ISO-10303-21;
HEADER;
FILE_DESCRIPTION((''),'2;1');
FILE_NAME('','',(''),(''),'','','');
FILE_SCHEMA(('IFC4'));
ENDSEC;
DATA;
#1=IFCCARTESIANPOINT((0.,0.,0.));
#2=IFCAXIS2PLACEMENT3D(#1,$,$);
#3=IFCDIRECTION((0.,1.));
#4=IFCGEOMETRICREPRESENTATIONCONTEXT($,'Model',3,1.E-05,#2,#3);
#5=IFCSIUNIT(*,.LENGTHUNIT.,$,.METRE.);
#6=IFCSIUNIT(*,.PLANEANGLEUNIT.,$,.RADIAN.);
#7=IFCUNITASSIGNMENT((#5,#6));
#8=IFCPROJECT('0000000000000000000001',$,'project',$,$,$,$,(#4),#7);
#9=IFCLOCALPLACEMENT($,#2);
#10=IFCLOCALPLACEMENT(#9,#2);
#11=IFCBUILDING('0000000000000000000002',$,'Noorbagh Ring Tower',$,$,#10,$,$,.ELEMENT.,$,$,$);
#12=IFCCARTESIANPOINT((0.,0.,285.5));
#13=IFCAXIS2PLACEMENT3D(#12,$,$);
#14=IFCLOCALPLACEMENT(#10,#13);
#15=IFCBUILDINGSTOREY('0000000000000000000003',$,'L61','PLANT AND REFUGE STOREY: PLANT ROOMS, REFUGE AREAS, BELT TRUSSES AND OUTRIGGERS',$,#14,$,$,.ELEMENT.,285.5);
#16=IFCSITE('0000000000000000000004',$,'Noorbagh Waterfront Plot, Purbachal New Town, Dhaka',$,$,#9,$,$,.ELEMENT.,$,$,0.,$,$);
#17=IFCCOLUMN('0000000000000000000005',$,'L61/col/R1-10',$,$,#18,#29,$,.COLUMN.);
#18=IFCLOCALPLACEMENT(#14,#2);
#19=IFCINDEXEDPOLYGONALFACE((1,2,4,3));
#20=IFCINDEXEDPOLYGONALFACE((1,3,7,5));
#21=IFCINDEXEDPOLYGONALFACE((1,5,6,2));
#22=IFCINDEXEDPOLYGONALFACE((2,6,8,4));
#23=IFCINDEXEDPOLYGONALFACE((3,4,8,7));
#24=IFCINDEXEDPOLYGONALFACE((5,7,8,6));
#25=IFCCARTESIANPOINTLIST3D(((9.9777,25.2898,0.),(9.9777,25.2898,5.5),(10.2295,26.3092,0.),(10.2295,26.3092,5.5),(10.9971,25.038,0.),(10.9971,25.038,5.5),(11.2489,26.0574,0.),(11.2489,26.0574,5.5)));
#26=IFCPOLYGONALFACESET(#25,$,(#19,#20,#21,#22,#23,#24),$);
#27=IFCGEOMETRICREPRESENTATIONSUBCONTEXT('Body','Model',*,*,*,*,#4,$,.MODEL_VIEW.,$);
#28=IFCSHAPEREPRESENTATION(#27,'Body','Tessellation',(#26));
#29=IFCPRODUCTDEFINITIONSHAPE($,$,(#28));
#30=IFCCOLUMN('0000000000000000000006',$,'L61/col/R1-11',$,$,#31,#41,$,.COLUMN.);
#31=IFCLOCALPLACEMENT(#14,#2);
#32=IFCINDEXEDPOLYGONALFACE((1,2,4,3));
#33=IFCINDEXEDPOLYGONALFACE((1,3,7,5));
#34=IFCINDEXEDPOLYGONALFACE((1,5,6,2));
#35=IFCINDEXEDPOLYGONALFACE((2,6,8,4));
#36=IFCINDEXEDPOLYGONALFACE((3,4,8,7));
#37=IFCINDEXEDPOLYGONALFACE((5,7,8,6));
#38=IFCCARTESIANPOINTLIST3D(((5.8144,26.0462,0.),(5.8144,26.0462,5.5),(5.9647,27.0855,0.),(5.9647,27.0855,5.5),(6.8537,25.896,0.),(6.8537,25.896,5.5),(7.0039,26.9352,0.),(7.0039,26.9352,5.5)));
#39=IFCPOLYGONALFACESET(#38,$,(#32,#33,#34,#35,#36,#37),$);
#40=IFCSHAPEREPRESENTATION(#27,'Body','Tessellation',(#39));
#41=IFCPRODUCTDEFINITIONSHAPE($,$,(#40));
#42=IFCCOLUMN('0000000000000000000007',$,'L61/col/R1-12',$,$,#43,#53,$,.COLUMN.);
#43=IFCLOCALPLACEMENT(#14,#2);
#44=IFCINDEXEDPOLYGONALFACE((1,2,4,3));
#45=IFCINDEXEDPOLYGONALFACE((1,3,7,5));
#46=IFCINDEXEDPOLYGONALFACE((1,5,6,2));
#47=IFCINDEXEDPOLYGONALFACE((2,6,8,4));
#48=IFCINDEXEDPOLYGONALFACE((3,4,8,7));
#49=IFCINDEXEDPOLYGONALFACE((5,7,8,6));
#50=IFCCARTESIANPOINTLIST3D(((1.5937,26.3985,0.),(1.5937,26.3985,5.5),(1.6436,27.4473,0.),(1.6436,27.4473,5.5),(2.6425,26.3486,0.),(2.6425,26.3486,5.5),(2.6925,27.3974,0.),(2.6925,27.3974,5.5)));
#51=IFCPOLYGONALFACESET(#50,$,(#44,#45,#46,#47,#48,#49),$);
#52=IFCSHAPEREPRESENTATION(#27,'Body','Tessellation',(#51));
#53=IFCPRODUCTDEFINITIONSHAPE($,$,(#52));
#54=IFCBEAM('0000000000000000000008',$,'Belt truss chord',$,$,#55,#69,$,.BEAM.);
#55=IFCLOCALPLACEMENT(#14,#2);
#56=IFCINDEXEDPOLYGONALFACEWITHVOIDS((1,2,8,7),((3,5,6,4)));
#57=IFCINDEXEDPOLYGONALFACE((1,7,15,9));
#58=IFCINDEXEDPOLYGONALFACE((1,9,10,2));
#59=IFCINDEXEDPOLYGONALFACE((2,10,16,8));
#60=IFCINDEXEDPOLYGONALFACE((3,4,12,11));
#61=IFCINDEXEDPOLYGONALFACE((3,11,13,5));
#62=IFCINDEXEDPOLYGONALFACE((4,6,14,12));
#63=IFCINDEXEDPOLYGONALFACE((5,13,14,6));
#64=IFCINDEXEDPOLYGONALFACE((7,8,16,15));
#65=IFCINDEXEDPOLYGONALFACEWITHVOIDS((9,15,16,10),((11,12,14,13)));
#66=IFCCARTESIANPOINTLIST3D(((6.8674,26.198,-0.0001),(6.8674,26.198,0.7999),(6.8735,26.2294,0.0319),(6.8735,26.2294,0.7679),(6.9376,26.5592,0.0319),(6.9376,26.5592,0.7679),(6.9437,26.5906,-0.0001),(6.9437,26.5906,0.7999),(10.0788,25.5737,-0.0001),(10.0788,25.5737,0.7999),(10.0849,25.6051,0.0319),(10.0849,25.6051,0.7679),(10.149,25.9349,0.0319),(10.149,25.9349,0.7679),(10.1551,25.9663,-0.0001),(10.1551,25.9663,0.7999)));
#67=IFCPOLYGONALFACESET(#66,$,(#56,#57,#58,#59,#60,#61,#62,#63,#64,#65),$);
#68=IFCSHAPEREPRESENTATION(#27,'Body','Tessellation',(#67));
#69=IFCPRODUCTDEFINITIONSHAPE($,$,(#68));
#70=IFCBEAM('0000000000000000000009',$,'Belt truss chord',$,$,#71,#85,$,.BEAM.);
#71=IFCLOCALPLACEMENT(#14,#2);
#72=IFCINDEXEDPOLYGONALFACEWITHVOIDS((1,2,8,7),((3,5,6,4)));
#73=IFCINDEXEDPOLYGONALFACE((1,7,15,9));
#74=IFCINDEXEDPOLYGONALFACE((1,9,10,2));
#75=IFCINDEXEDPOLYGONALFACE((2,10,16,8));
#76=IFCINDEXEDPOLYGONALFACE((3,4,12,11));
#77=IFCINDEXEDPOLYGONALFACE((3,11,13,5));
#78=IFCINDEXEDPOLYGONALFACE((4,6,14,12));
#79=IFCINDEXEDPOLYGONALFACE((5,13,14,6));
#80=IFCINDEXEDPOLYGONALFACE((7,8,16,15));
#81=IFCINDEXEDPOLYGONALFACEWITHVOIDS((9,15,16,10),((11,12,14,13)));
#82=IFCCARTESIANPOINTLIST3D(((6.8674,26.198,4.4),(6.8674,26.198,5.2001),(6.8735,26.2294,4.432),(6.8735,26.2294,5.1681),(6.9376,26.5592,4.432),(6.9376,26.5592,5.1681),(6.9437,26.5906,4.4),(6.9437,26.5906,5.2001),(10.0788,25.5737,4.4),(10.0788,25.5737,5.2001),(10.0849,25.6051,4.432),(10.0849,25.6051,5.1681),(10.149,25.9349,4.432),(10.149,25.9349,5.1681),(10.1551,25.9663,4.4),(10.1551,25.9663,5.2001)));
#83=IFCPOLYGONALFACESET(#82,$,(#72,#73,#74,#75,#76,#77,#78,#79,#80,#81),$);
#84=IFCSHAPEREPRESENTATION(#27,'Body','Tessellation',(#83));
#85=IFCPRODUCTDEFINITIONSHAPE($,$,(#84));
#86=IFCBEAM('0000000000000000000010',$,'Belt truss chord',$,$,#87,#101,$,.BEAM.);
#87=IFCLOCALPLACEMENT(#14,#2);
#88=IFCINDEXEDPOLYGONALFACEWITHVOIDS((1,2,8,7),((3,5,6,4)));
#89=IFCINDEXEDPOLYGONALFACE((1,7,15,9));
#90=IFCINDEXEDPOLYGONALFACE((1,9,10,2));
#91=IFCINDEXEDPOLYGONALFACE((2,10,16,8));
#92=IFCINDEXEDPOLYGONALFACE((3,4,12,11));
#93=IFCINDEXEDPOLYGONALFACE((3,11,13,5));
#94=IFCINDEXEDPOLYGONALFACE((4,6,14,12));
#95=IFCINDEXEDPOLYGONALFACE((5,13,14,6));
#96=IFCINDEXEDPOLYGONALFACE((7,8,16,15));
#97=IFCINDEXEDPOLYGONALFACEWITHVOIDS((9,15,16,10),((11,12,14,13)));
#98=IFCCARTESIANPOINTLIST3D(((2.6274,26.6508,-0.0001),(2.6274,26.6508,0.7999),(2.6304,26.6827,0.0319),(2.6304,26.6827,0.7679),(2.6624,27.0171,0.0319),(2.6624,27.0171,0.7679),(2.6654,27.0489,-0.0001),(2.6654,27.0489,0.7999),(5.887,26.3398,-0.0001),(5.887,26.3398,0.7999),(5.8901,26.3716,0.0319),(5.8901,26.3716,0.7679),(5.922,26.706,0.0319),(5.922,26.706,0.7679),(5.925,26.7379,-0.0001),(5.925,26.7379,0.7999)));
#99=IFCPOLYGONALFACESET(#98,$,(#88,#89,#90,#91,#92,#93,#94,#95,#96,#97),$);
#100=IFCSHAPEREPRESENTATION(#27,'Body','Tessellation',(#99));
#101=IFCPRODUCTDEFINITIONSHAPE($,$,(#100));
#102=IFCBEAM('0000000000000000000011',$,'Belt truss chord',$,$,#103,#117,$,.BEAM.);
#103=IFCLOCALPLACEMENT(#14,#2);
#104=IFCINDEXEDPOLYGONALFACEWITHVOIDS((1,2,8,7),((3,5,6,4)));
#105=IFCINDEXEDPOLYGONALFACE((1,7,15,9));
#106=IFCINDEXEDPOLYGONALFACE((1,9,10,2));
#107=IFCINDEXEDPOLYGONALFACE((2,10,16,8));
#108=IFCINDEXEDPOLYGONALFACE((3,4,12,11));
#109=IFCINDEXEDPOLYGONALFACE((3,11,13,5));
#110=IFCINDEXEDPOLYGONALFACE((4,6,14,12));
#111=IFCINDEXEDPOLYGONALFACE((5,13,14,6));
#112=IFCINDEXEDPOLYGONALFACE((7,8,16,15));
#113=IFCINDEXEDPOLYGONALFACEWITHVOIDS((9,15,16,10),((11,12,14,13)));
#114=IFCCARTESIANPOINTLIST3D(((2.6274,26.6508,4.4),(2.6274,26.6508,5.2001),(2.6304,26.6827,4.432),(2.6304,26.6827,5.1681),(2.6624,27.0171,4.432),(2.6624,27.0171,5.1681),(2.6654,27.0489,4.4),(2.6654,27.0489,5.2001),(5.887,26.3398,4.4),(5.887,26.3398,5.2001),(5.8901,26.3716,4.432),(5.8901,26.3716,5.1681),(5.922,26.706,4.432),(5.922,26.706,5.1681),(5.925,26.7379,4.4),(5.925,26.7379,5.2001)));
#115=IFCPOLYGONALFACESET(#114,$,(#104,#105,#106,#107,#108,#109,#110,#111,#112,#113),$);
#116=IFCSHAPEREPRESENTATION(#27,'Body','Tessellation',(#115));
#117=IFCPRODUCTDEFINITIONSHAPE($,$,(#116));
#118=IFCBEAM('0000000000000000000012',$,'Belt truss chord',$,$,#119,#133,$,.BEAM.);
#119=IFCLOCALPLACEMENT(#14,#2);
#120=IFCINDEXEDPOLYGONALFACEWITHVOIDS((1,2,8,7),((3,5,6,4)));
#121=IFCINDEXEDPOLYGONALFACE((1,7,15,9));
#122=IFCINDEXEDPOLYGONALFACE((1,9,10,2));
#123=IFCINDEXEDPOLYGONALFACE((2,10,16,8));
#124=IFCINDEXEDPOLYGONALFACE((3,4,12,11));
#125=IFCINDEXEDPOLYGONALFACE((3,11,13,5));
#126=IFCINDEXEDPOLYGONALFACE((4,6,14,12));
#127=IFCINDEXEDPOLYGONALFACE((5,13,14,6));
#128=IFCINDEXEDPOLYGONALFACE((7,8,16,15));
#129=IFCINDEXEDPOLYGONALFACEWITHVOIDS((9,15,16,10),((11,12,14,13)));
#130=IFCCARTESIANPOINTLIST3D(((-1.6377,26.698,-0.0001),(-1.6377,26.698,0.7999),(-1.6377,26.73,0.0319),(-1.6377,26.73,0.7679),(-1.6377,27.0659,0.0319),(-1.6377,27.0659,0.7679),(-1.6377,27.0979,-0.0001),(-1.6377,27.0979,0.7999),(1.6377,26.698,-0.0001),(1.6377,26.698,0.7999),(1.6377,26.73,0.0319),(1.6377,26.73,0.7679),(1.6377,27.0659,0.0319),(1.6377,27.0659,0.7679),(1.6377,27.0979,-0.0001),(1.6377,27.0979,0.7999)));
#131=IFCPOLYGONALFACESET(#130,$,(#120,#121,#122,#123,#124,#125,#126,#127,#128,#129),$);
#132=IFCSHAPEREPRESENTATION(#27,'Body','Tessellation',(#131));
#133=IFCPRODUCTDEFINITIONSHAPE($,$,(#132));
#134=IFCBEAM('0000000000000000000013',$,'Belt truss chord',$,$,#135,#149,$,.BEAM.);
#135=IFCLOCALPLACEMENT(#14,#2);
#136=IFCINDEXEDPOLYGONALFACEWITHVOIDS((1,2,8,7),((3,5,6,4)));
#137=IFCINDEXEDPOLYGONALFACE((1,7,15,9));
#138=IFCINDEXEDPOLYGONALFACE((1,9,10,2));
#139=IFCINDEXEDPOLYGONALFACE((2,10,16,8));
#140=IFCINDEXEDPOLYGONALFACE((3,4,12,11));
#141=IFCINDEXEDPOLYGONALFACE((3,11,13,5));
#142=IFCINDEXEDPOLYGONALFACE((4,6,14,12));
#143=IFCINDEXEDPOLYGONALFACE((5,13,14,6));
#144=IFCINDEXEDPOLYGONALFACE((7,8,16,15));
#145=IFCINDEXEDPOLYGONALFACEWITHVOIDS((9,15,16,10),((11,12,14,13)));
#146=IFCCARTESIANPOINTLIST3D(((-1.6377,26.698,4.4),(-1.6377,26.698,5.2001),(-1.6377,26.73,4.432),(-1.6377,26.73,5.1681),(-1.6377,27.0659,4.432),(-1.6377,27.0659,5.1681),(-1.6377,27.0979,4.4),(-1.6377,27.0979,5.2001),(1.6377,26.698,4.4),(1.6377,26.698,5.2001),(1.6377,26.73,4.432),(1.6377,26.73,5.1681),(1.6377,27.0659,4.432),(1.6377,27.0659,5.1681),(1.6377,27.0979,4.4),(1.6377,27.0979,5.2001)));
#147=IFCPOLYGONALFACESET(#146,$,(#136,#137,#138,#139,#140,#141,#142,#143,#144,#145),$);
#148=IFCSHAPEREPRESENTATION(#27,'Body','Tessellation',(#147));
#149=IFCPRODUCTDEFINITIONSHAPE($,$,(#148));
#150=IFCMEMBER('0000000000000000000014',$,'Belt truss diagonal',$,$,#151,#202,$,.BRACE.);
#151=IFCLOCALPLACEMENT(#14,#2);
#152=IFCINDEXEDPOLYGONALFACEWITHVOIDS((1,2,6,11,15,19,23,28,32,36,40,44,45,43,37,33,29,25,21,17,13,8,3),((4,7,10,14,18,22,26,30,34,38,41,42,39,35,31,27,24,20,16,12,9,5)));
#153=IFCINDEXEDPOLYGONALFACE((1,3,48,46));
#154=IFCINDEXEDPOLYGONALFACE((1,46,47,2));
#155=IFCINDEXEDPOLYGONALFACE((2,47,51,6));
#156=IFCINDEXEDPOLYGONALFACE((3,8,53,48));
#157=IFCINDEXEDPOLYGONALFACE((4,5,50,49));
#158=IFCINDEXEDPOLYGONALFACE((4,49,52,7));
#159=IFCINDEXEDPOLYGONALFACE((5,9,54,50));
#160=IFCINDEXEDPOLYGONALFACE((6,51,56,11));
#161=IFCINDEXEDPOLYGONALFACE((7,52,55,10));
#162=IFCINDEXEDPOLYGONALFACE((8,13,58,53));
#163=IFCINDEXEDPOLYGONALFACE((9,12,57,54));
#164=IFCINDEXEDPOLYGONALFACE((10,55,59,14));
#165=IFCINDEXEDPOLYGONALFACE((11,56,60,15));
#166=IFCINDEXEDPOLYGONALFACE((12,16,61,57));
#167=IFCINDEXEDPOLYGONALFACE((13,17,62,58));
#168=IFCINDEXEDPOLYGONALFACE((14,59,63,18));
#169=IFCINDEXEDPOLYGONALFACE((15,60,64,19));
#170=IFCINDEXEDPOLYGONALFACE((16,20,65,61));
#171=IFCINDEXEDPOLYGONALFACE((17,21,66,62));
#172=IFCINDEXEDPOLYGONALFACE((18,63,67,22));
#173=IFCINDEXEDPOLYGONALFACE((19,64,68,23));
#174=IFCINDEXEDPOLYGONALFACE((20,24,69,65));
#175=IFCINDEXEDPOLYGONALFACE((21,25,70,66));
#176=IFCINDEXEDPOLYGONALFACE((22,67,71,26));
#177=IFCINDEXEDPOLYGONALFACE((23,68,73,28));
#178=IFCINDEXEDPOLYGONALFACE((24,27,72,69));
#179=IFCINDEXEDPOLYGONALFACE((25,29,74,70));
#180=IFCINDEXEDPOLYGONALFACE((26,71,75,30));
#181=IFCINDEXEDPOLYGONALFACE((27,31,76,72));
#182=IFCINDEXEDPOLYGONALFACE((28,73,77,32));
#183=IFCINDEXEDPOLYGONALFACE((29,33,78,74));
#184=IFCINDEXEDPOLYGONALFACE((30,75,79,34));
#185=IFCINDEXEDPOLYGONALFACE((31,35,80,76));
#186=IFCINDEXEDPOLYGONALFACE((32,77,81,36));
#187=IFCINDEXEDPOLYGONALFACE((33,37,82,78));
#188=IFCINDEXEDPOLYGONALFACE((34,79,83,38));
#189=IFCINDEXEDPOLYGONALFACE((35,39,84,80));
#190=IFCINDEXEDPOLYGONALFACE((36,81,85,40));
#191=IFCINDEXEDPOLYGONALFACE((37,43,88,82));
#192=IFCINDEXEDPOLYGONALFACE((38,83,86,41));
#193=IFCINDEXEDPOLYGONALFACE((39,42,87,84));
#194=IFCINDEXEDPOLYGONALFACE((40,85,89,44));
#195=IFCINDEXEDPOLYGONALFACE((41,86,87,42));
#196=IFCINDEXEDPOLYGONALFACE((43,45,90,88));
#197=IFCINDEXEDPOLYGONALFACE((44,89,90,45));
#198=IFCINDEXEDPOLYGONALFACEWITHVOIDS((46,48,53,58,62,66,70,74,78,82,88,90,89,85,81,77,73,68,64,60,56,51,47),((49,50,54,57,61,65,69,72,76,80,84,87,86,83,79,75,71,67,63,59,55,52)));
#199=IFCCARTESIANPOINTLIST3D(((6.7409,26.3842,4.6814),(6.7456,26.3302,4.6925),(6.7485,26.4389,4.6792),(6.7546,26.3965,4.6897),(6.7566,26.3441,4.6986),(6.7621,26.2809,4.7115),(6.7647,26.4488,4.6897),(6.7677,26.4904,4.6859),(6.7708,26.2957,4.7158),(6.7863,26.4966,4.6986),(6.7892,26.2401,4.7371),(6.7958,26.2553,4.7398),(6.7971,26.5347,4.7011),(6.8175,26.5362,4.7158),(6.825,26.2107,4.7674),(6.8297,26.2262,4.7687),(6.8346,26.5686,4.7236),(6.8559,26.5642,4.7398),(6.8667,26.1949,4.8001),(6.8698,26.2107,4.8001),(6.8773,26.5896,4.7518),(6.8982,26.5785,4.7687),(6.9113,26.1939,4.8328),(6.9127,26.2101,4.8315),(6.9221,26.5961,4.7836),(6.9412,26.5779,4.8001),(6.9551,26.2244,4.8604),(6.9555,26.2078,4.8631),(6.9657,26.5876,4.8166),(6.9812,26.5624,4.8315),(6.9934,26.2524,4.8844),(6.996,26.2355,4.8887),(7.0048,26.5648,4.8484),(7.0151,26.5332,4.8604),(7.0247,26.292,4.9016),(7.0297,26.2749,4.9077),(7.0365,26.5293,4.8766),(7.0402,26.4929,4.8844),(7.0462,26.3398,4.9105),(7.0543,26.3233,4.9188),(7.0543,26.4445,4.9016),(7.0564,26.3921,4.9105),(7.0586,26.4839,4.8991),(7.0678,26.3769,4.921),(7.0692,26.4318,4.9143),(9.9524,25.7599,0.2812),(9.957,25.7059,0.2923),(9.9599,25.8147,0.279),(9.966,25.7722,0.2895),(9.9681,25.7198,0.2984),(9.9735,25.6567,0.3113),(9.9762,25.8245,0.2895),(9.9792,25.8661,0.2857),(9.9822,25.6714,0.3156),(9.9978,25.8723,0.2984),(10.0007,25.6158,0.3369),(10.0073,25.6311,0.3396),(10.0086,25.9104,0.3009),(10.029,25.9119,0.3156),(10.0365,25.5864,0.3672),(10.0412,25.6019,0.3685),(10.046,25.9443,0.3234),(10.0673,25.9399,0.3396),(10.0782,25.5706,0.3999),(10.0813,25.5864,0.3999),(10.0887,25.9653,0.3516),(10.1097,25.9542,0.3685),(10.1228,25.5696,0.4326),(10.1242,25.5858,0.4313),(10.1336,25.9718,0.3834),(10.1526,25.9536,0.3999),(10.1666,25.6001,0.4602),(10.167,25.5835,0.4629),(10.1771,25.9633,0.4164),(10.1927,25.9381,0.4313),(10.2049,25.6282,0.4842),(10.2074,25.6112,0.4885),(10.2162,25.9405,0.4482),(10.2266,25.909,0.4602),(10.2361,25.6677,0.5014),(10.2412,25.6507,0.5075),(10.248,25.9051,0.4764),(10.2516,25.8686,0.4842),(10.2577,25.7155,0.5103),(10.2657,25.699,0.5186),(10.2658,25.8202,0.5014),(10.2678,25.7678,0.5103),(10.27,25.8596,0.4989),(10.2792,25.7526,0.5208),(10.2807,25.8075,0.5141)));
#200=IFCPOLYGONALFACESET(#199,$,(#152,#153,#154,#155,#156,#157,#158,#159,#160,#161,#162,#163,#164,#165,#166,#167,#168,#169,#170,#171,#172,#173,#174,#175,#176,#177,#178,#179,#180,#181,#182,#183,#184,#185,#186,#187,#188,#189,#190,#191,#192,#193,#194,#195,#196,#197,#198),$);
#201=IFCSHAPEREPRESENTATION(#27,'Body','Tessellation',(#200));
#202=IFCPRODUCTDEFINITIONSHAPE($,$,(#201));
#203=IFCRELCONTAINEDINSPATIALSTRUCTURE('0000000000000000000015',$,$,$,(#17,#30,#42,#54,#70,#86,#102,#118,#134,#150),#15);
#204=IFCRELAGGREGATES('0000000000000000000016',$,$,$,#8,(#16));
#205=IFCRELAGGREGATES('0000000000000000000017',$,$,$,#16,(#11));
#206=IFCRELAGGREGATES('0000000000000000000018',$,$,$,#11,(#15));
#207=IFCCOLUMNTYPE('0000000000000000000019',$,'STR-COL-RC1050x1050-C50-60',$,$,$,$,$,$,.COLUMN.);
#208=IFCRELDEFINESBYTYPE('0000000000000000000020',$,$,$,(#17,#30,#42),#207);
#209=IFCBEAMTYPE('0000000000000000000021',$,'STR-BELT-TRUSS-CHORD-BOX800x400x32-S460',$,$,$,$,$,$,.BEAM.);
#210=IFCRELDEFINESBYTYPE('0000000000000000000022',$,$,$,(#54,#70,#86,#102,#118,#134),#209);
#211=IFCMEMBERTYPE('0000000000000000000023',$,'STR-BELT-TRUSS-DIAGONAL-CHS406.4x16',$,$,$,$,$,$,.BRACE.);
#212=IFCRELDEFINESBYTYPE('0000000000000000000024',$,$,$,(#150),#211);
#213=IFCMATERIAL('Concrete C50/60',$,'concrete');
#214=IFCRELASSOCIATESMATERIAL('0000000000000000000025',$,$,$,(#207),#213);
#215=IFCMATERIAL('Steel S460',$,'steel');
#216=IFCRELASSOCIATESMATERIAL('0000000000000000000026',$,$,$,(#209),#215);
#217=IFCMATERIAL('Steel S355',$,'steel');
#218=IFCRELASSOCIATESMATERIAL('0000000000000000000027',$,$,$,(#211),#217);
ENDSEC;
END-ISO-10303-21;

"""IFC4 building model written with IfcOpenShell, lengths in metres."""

from ifc_helpers import new_model, si_unit, direction, frame, origin, origin_2d, place, context, subcontext, project, spatial, rectangle, hollow_rectangle, hollow_circle, extrude, material, material_profile, profile_set, type_object, element, save


model = new_model("IFC4")

# Units and contexts
model_context = context("Model", 3, precision=1e-05, world=origin(), true_north=direction((0.0, 1.0)))
body_context = subcontext(model_context, "Body", "Model", "MODEL_VIEW")
ifc_project = project(units=[si_unit("LENGTHUNIT", "METRE"), si_unit("PLANEANGLEUNIT", "RADIAN")], contexts=[model_context])

# Site, building, storey
site_placement = place(None, origin())
site = spatial("IfcSite", under=ifc_project, at=site_placement, Name="Noorbagh Waterfront Plot, Purbachal New Town, Dhaka", CompositionType="ELEMENT", RefElevation=0.0)
building_placement = place(site_placement, origin())
building = spatial("IfcBuilding", under=site, at=building_placement, Name="Noorbagh Ring Tower", CompositionType="ELEMENT")
storey_placement = place(building_placement, frame((0.0, 0.0, 285.5)))
storey = spatial("IfcBuildingStorey", under=building, at=storey_placement, Name="L61", Description="PLANT AND REFUGE STOREY: PLANT ROOMS, REFUGE AREAS, BELT TRUSSES AND OUTRIGGERS", CompositionType="ELEMENT", Elevation=285.5)

# Columns
ifc_material_1 = material(Name="Concrete C50/60", Category="concrete")
ifc_material_profile_1 = material_profile(ifc_material_1, rectangle(XDim=1.05, YDim=1.05, at=origin_2d()), Name="RC1050x1050")
ifc_profile_set_1 = profile_set([ifc_material_profile_1], Name="Concrete C50/60")
column_type = type_object("IfcColumnType", Name="STR-COL-RC1050x1050-C50-60", PredefinedType="COLUMN", material=ifc_profile_set_1)
for number, where, z_axis, x_axis, name in (
    (1, (10.6133, 25.6736, 0.0), (0.0, 0.0, 1.0), (-0.970829, 0.239771, 0.0), "L61/col/R1-10"),
    (2, (6.4092, 26.4907, 0.0), (0.0, 0.0, 1.0), (-0.989713, 0.143066, 0.0), "L61/col/R1-11"),
    (3, (2.1431, 26.8979, 0.0), (0.0, 0.0, 1.0), (-0.998869, 0.047553, 0.0), "L61/col/R1-12"),
):
    element("IfcColumn", number, at=place(storey_placement, frame(where, z_axis=z_axis, x_axis=x_axis)), inside=storey, type_object=column_type, Name=name, PredefinedType="COLUMN", context=body_context, shape_type="SweptSolid", body=[
        extrude(rectangle(XDim=1.05, YDim=1.05, at=origin_2d()), origin(), (0.0, 0.0, 1.0), 5.5),
    ])

# Beams
ifc_material_2 = material(Name="Steel S460", Category="steel")
ifc_material_profile_2 = material_profile(ifc_material_2, hollow_rectangle(XDim=0.3999, YDim=0.8, WallThickness=0.032, at=origin_2d()), Name="BOX800x400x32")
ifc_profile_set_2 = profile_set([ifc_material_profile_2], Name="Steel S460")
beam_type_1 = type_object("IfcBeamType", Name="STR-BELT-TRUSS-CHORD-BOX800x400x32-S460", PredefinedType="BEAM", material=ifc_profile_set_2)
for number, where, z_axis, x_axis, name in (
    (4, (10.1169, 25.77, 0.3999), (-0.981625, 0.190818, 0.0), (-0.190818, -0.981625, 0.0), "Belt truss chord"),
    (5, (10.1169, 25.77, 4.8), (-0.981625, 0.190818, 0.0), (-0.190818, -0.981625, 0.0), "Belt truss chord"),
):
    element("IfcBeam", number, at=place(storey_placement, frame(where, z_axis=z_axis, x_axis=x_axis)), inside=storey, type_object=beam_type_1, Name=name, PredefinedType="BEAM", context=body_context, shape_type="SweptSolid", body=[
        extrude(hollow_rectangle(XDim=0.3999, YDim=0.8, WallThickness=0.032, at=origin_2d()), origin(), (0.0, 0.0, 1.0), 3.2715),
    ])
for number, where, z_axis, x_axis, name in (
    (6, (5.906, 26.5388, 0.3999), (-0.995478, 0.094992, 0.0), (-0.094992, -0.995478, 0.0), "Belt truss chord"),
    (7, (5.906, 26.5388, 4.8), (-0.995478, 0.094992, 0.0), (-0.094992, -0.995478, 0.0), "Belt truss chord"),
):
    element("IfcBeam", number, at=place(storey_placement, frame(where, z_axis=z_axis, x_axis=x_axis)), inside=storey, type_object=beam_type_1, Name=name, PredefinedType="BEAM", context=body_context, shape_type="SweptSolid", body=[
        extrude(hollow_rectangle(XDim=0.3999, YDim=0.8, WallThickness=0.032, at=origin_2d()), origin(), (0.0, 0.0, 1.0), 3.2744),
    ])
for number, where, z_axis, x_axis, name in (
    (8, (1.6377, 26.8979, 0.3999), (-1.0, 0.0, 0.0), (0.0, -1.0, 0.0), "Belt truss chord"),
    (9, (1.6377, 26.8979, 4.8), (-1.0, 0.0, 0.0), (0.0, -1.0, 0.0), "Belt truss chord"),
):
    element("IfcBeam", number, at=place(storey_placement, frame(where, z_axis=z_axis, x_axis=x_axis)), inside=storey, type_object=beam_type_1, Name=name, PredefinedType="BEAM", context=body_context, shape_type="SweptSolid", body=[
        extrude(hollow_rectangle(XDim=0.3999, YDim=0.8, WallThickness=0.032, at=origin_2d()), origin(), (0.0, 0.0, 1.0), 3.2754),
    ])

# Member
ifc_material_3 = material(Name="Steel S355", Category="steel")
ifc_material_profile_3 = material_profile(ifc_material_3, hollow_circle(Radius=0.2031, WallThickness=0.0161, at=origin_2d()), Name="CHS406.4x16")
ifc_profile_set_3 = profile_set([ifc_material_profile_3], Name="Steel S355")
member_type = type_object("IfcMemberType", Name="STR-BELT-TRUSS-DIAGONAL-CHS406.4x16", PredefinedType="BRACE", material=ifc_profile_set_3)
member_1_placement = place(storey_placement, frame((10.1169, 25.77, 0.3999), z_axis=(-0.585697, 0.113853, 0.802494), x_axis=(-0.190818, -0.981625, 0.0)))
element("IfcMember", 10, at=member_1_placement, inside=storey, type_object=member_type, Name="Belt truss diagonal", PredefinedType="BRACE", context=body_context, shape_type="SweptSolid", body=[
    extrude(hollow_circle(Radius=0.2031, WallThickness=0.0161, at=origin_2d()), origin(), (0.0, 0.0, 1.0), 5.4832),
])

save(model, "model.ifc")
